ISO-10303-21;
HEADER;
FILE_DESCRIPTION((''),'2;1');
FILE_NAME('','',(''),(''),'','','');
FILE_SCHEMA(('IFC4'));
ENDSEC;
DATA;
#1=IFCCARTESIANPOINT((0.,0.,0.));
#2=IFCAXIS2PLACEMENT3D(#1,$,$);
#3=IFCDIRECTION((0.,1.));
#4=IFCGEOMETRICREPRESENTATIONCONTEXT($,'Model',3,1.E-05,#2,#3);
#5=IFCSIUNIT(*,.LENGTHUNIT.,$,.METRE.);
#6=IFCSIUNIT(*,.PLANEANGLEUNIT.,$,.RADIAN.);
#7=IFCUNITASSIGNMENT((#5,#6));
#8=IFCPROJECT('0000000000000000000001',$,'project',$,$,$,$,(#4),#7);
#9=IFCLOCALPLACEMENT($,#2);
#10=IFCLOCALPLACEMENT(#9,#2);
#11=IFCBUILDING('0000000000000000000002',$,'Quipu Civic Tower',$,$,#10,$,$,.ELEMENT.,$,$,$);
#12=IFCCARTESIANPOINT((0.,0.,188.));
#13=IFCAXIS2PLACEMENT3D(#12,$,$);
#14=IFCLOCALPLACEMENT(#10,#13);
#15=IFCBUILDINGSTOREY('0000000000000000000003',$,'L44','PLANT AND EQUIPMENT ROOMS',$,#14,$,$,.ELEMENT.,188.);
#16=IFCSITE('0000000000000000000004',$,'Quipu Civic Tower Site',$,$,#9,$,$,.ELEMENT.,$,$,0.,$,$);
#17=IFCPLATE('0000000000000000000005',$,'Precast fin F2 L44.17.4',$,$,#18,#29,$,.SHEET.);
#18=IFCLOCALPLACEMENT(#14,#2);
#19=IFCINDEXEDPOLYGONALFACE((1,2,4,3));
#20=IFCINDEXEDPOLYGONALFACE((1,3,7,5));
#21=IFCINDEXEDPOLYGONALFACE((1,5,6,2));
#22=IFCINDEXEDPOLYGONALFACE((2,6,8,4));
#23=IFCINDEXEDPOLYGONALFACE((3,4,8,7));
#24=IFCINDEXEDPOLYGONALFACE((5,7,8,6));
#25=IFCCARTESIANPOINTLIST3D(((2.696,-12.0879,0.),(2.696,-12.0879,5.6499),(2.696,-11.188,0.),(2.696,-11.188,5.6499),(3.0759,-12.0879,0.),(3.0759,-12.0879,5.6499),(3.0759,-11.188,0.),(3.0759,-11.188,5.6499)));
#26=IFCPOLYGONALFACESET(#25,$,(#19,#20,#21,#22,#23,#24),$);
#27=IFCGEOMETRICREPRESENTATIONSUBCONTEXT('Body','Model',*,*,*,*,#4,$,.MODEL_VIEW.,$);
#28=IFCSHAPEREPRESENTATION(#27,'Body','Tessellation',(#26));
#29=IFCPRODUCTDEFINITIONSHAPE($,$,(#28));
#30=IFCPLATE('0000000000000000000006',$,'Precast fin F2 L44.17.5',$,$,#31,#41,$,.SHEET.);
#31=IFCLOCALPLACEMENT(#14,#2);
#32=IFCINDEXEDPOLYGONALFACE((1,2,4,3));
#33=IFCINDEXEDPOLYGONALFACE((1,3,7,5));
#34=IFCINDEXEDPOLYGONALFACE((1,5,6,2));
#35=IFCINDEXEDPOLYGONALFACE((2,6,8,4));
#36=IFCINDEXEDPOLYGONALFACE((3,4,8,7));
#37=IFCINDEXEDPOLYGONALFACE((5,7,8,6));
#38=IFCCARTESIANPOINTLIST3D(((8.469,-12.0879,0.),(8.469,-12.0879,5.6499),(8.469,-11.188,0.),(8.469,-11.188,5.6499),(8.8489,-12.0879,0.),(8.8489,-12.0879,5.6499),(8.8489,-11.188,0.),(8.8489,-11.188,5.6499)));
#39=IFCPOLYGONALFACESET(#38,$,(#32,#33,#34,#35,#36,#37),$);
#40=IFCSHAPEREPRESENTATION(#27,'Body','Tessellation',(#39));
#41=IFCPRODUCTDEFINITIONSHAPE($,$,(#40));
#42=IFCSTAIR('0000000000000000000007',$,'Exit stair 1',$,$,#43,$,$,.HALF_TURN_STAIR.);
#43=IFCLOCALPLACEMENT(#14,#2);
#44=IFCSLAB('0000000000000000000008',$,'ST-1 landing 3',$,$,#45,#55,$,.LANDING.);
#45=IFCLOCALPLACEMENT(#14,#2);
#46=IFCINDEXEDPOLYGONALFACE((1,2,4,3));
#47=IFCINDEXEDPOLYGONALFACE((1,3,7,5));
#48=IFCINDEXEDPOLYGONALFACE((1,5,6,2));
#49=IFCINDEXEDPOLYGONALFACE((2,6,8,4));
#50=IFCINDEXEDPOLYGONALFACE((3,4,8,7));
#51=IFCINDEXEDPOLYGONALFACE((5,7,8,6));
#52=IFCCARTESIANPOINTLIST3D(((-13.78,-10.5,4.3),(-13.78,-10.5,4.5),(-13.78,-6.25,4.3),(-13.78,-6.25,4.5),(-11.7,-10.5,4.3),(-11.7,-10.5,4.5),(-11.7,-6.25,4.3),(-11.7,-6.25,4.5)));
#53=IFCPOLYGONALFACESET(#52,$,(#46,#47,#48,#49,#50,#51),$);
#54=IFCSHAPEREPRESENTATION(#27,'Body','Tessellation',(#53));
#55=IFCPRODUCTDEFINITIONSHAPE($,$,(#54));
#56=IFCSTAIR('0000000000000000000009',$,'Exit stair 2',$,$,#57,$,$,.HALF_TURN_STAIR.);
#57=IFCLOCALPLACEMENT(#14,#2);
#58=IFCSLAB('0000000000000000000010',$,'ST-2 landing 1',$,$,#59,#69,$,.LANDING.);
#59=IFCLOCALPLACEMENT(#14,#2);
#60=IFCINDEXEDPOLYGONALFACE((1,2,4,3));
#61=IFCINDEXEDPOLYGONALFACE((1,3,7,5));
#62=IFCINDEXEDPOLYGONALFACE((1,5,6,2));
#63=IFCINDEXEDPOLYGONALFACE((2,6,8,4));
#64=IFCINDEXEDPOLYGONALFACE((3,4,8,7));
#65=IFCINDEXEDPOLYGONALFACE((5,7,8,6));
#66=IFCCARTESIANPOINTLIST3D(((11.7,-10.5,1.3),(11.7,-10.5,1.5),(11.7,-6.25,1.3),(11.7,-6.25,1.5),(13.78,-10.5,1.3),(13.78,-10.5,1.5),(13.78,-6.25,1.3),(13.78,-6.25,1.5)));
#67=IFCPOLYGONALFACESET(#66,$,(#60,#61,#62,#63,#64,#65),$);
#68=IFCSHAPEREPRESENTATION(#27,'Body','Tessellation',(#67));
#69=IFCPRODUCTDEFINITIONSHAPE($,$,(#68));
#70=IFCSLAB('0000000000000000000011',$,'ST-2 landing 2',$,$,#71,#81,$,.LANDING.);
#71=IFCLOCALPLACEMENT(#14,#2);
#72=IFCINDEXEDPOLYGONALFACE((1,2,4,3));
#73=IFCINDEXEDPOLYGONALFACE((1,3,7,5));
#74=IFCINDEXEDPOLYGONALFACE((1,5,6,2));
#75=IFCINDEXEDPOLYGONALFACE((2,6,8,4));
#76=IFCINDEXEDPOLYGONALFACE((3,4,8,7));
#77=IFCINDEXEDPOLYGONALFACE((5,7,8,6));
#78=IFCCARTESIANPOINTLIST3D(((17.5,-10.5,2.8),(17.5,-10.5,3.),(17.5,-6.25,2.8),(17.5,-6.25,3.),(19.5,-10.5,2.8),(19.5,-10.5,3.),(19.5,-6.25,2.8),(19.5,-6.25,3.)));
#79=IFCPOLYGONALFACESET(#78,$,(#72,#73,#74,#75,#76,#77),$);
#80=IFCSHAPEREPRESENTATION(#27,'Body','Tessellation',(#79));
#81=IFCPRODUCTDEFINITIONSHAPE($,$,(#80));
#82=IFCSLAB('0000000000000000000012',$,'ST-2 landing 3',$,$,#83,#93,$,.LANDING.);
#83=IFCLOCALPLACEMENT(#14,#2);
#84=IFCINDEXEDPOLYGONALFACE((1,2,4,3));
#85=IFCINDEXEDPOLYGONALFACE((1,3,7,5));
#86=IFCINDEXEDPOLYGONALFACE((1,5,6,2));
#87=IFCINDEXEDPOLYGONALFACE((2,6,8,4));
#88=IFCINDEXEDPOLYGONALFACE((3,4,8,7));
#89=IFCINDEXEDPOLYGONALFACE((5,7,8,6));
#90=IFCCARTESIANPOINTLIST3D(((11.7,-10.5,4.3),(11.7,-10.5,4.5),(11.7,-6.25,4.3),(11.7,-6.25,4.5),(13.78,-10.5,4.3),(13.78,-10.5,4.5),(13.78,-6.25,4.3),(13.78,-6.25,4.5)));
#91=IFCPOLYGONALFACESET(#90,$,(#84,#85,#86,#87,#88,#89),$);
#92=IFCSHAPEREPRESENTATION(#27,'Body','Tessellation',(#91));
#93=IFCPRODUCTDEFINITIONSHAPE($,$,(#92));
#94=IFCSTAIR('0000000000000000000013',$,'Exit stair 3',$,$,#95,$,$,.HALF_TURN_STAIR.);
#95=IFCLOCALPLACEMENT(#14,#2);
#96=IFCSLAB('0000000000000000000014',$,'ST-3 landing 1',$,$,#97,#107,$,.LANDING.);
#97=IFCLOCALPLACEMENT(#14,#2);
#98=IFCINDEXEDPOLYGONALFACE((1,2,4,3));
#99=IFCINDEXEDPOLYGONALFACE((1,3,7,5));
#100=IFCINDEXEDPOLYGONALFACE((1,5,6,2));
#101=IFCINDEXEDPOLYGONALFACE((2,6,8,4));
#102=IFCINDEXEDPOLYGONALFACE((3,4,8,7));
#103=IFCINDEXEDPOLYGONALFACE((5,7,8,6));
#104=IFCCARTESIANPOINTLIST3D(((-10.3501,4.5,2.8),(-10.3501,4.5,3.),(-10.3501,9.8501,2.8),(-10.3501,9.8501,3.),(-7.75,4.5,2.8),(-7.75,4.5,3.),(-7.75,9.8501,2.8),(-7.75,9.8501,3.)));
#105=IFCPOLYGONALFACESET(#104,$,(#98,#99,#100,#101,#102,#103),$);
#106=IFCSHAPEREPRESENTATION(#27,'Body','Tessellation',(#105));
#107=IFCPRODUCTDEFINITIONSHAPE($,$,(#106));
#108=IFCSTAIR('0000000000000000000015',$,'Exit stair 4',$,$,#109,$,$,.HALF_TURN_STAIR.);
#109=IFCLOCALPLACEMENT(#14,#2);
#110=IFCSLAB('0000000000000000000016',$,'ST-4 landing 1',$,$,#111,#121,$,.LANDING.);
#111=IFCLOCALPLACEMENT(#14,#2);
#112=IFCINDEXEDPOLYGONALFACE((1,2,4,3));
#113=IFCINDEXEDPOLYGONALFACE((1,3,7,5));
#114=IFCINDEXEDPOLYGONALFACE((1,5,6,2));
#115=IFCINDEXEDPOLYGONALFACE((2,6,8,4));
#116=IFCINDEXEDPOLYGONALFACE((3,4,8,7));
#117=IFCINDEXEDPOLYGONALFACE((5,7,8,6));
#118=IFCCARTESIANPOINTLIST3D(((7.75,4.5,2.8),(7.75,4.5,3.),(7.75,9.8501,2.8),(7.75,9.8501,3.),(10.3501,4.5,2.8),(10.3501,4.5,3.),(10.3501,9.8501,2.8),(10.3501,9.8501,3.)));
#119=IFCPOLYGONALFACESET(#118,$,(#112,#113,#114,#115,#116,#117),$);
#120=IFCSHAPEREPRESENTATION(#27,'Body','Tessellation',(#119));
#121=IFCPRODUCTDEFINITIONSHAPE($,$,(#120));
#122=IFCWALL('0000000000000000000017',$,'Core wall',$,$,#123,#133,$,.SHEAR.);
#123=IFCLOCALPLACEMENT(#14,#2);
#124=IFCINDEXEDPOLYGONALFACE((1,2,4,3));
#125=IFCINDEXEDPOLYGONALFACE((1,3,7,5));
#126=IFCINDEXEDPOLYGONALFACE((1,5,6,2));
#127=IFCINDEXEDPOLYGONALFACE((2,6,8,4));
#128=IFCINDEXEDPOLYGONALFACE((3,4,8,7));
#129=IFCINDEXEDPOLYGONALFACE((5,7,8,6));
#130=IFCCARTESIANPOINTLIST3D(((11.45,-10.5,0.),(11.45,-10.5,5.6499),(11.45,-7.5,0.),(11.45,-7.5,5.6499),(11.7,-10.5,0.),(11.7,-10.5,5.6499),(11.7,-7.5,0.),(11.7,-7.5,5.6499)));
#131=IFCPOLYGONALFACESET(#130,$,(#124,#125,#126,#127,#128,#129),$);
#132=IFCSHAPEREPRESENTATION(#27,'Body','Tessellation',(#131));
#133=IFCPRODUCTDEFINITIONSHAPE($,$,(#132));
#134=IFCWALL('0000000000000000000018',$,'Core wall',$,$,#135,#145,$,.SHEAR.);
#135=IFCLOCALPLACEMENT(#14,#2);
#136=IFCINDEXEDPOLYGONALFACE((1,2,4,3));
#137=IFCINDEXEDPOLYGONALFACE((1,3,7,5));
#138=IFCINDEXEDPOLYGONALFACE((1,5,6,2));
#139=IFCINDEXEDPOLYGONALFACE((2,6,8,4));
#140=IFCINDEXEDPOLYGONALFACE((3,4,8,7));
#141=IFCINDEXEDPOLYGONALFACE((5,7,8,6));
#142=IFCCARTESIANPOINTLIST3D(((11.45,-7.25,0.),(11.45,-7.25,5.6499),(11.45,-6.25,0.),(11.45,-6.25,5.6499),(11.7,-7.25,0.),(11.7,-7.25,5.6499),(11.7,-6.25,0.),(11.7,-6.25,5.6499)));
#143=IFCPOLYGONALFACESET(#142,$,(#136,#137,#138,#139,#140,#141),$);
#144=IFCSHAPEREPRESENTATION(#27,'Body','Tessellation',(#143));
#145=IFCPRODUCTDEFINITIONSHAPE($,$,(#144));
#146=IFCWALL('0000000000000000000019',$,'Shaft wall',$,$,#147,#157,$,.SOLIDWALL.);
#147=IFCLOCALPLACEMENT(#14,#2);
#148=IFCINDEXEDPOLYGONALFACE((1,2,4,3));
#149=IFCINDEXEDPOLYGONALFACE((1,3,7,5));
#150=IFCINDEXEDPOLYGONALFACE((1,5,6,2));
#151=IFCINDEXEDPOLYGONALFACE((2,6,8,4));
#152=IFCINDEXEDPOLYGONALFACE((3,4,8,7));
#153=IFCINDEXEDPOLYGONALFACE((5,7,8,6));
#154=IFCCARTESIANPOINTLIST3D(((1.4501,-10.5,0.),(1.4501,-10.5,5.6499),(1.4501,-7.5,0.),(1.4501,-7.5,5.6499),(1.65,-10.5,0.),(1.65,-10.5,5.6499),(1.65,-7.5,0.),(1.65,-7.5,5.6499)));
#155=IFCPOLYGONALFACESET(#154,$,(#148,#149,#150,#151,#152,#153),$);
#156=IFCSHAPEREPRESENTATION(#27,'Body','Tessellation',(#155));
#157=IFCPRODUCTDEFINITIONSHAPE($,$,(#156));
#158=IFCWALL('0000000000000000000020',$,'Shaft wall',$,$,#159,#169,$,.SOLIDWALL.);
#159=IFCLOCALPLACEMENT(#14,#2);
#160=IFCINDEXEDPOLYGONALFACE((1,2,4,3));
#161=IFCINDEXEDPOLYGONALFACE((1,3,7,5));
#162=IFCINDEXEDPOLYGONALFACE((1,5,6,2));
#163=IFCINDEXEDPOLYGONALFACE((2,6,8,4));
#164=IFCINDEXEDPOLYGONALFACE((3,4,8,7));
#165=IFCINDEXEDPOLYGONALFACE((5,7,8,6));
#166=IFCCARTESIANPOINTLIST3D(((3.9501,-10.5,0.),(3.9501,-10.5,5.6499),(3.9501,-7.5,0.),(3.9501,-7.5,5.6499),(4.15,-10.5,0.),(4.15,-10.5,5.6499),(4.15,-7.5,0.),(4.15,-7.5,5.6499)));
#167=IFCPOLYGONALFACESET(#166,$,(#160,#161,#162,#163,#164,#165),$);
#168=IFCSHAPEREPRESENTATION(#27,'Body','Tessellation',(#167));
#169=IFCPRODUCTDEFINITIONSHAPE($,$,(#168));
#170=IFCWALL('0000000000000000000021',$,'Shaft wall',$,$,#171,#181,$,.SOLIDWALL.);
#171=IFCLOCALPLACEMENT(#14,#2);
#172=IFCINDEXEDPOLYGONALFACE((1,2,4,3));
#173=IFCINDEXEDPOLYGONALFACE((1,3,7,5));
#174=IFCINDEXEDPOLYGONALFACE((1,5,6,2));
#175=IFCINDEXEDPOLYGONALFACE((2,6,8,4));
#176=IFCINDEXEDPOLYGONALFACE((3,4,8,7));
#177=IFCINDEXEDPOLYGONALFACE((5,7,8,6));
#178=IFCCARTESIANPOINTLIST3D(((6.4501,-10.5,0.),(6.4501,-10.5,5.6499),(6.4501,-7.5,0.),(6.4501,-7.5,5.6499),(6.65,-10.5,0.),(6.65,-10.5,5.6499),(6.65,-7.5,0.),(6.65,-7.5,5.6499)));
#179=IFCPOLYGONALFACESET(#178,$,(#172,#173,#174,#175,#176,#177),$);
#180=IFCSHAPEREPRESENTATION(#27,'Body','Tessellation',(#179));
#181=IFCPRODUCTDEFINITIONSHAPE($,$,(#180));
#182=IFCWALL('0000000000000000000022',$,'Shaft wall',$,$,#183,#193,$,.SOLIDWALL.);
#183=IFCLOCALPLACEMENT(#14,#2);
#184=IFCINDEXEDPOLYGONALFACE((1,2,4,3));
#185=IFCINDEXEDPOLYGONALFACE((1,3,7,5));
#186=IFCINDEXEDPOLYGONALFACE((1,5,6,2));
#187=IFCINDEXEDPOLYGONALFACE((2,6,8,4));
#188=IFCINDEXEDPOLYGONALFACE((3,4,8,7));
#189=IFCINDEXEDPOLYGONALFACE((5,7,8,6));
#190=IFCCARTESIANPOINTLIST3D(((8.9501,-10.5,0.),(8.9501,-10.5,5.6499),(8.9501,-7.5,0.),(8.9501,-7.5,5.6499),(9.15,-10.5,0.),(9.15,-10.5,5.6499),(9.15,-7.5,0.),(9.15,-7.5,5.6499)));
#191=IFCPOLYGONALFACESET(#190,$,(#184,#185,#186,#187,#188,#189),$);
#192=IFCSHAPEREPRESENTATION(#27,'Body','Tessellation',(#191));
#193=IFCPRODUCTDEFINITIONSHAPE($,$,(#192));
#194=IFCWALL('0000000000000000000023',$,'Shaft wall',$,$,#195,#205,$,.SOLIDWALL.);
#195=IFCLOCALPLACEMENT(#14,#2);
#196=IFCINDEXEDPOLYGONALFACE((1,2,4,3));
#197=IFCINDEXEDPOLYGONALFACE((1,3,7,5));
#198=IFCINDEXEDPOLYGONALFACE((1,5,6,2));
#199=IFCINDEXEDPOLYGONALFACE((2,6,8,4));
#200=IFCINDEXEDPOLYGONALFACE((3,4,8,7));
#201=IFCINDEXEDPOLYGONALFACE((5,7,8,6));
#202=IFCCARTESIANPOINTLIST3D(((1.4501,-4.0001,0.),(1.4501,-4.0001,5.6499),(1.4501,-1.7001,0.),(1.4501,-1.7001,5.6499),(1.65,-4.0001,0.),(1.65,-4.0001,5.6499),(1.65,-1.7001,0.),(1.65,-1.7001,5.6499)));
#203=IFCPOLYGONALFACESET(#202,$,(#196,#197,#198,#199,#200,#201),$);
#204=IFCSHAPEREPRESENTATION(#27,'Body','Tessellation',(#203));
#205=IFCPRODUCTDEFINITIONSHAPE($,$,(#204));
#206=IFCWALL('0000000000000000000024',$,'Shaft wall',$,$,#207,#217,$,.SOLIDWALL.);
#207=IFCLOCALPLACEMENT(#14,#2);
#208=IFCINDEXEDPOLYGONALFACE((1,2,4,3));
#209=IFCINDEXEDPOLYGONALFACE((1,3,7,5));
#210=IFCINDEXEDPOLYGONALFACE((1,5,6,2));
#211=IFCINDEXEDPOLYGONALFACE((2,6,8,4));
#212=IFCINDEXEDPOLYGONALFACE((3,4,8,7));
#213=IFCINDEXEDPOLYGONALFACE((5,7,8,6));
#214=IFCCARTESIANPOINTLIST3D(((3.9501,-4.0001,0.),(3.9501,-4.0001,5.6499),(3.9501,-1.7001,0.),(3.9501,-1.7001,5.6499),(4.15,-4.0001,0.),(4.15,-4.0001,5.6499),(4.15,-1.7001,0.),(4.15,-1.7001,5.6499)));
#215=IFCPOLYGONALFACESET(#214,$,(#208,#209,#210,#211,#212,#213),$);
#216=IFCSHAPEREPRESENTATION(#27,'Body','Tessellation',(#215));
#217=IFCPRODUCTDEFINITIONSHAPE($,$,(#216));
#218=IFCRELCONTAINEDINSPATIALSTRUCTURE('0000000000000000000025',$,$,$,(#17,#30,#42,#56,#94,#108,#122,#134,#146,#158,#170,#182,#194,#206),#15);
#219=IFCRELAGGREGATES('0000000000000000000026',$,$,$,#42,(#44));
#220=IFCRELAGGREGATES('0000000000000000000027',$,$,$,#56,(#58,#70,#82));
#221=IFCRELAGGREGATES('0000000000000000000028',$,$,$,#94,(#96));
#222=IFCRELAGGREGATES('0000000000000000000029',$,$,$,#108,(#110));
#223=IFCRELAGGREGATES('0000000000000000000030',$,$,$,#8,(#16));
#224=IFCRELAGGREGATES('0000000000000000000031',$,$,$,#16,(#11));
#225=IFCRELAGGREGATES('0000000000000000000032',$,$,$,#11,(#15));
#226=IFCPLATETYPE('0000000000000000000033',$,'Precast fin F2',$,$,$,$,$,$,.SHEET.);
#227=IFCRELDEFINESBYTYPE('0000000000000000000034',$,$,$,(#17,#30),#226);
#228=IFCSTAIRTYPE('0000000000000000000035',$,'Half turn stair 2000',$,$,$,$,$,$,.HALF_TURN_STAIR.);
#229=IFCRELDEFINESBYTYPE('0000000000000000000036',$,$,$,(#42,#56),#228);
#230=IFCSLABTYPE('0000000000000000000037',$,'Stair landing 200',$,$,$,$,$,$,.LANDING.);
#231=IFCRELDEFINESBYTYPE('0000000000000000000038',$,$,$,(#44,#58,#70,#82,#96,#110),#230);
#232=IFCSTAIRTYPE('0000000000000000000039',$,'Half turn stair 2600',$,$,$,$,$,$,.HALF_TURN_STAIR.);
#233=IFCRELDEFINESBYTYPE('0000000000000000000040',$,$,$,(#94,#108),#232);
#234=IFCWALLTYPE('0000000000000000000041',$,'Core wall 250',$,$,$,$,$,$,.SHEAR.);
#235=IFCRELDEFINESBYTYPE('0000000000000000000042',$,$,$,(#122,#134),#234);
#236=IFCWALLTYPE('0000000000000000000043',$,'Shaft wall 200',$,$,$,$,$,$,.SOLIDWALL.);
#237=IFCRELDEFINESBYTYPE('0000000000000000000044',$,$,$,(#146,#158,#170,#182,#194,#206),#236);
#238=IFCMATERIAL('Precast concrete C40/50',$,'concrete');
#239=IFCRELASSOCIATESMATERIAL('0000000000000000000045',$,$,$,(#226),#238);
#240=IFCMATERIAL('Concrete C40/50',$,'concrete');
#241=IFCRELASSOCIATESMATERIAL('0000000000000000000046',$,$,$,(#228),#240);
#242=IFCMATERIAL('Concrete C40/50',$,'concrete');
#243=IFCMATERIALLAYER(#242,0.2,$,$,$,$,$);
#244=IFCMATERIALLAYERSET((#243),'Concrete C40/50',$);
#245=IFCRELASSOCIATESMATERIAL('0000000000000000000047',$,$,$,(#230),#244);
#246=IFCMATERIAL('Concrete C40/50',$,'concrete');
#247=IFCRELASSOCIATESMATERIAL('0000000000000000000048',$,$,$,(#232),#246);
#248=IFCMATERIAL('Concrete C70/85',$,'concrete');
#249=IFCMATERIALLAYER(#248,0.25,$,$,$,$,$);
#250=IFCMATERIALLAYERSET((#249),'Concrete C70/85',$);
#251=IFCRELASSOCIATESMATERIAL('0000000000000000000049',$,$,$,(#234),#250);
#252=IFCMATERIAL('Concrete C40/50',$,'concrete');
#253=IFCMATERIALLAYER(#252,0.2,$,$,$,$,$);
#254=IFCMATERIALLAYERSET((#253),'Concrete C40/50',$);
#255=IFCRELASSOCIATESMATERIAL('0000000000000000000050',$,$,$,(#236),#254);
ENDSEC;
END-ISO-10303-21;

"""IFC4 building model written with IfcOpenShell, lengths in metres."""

from ifc_helpers import new_model, si_unit, direction, frame, frame_2d, origin, origin_2d, place, context, subcontext, project, spatial, polyline, rectangle, outline, extrude, material, layer, layer_set, type_object, element, aggregate, save


model = new_model("IFC4")

# Units and contexts
model_context = context("Model", 3, precision=1e-05, world=origin(), true_north=direction((0.0, 1.0)))
body_context = subcontext(model_context, "Body", "Model", "MODEL_VIEW")
ifc_project = project(units=[si_unit("LENGTHUNIT", "METRE"), si_unit("PLANEANGLEUNIT", "RADIAN")], contexts=[model_context])

# Site, building, storey
site_placement = place(None, origin())
site = spatial("IfcSite", under=ifc_project, at=site_placement, Name="Quipu Civic Tower Site", CompositionType="ELEMENT", RefElevation=0.0)
building_placement = place(site_placement, origin())
building = spatial("IfcBuilding", under=site, at=building_placement, Name="Quipu Civic Tower", CompositionType="ELEMENT")
storey_placement = place(building_placement, frame((0.0, 0.0, 188.0)))
storey = spatial("IfcBuildingStorey", under=building, at=storey_placement, Name="L44", Description="PLANT AND EQUIPMENT ROOMS", CompositionType="ELEMENT", Elevation=188.0)

# Plates
ifc_material_1 = material(Name="Precast concrete C40/50", Category="concrete")
plate_type = type_object("IfcPlateType", Name="Precast fin F2", PredefinedType="SHEET", material=ifc_material_1)
for number, where, z_axis, x_axis, name in (
    (1, (2.886, -11.6379, 0.0), (0.0, 0.0, 1.0), (1.0, 0.0, 0.0), "Precast fin F2 L44.17.4"),
    (2, (8.6589, -11.6379, 0.0), (0.0, 0.0, 1.0), (1.0, 0.0, 0.0), "Precast fin F2 L44.17.5"),
):
    element("IfcPlate", number, at=place(storey_placement, frame(where, z_axis=z_axis, x_axis=x_axis)), inside=storey, type_object=plate_type, Name=name, PredefinedType="SHEET", context=body_context, shape_type="SweptSolid", body=[
        extrude(rectangle(XDim=0.3799, YDim=0.8999, at=origin_2d()), origin(), (0.0, 0.0, 1.0), 5.6499),
    ])

# Stair, slab
ifc_material_2 = material(Name="Concrete C40/50", Category="concrete")
stair_type_1 = type_object("IfcStairType", Name="Half turn stair 2000", PredefinedType="HALF_TURN_STAIR", material=ifc_material_2)
stair_1_placement = place(storey_placement, origin())
stair_1 = element("IfcStair", 3, at=stair_1_placement, inside=storey, type_object=stair_type_1, Name="Exit stair 1", PredefinedType="HALF_TURN_STAIR")
ifc_material_3 = material(Name="Concrete C40/50", Category="concrete")
ifc_layer_1 = layer(ifc_material_3, 0.2)
ifc_layer_set_1 = layer_set([ifc_layer_1], Name="Concrete C40/50")
slab_type = type_object("IfcSlabType", Name="Stair landing 200", PredefinedType="LANDING", material=ifc_layer_set_1)
slab_1_placement = place(storey_placement, frame((0.0, 0.0, 4.3)))
slab_1 = element("IfcSlab", 4, at=slab_1_placement, type_object=slab_type, Name="ST-1 landing 3", PredefinedType="LANDING", context=body_context, shape_type="SweptSolid", body=[
    extrude(outline(polyline([(-13.78, -10.5), (-11.7, -10.5), (-11.7, -6.25), (-13.78, -6.25), (-13.78, -10.5)])), origin(), (0.0, 0.0, 1.0), 0.2),
])
aggregate(stair_1, [slab_1])

# Stair, slabs
stair_2_placement = place(storey_placement, origin())
stair_2 = element("IfcStair", 5, at=stair_2_placement, inside=storey, type_object=stair_type_1, Name="Exit stair 2", PredefinedType="HALF_TURN_STAIR")
slab_2_placement = place(storey_placement, frame((0.0, 0.0, 1.3)))
slab_2 = element("IfcSlab", 6, at=slab_2_placement, type_object=slab_type, Name="ST-2 landing 1", PredefinedType="LANDING", context=body_context, shape_type="SweptSolid", body=[
    extrude(outline(polyline([(13.78, -6.25), (11.7, -6.25), (11.7, -10.5), (13.78, -10.5), (13.78, -6.25)])), origin(), (0.0, 0.0, 1.0), 0.2),
])
slab_3_placement = place(storey_placement, frame((0.0, 0.0, 2.8)))
slab_3 = element("IfcSlab", 7, at=slab_3_placement, type_object=slab_type, Name="ST-2 landing 2", PredefinedType="LANDING", context=body_context, shape_type="SweptSolid", body=[
    extrude(outline(polyline([(19.5, -6.25), (17.5, -6.25), (17.5, -10.5), (19.5, -10.5), (19.5, -6.25)])), origin(), (0.0, 0.0, 1.0), 0.2),
])
slab_4_placement = place(storey_placement, frame((0.0, 0.0, 4.3)))
slab_4 = element("IfcSlab", 8, at=slab_4_placement, type_object=slab_type, Name="ST-2 landing 3", PredefinedType="LANDING", context=body_context, shape_type="SweptSolid", body=[
    extrude(outline(polyline([(13.78, -6.25), (11.7, -6.25), (11.7, -10.5), (13.78, -10.5), (13.78, -6.25)])), origin(), (0.0, 0.0, 1.0), 0.2),
])
aggregate(stair_2, [slab_2, slab_3, slab_4])

# Stairs, slabs
ifc_material_4 = material(Name="Concrete C40/50", Category="concrete")
stair_type_2 = type_object("IfcStairType", Name="Half turn stair 2600", PredefinedType="HALF_TURN_STAIR", material=ifc_material_4)
stair_3_placement = place(storey_placement, origin())
stair_3 = element("IfcStair", 9, at=stair_3_placement, inside=storey, type_object=stair_type_2, Name="Exit stair 3", PredefinedType="HALF_TURN_STAIR")
slab_5_placement = place(storey_placement, frame((0.0, 0.0, 2.8)))
slab_5 = element("IfcSlab", 10, at=slab_5_placement, type_object=slab_type, Name="ST-3 landing 1", PredefinedType="LANDING", context=body_context, shape_type="SweptSolid", body=[
    extrude(outline(polyline([(-10.3501, 4.5), (-7.75, 4.5), (-7.75, 9.8501), (-10.3501, 9.8501), (-10.3501, 4.5)])), origin(), (0.0, 0.0, 1.0), 0.2),
])
aggregate(stair_3, [slab_5])
stair_4_placement = place(storey_placement, origin())
stair_4 = element("IfcStair", 11, at=stair_4_placement, inside=storey, type_object=stair_type_2, Name="Exit stair 4", PredefinedType="HALF_TURN_STAIR")
slab_6_placement = place(storey_placement, frame((0.0, 0.0, 2.8)))
slab_6 = element("IfcSlab", 12, at=slab_6_placement, type_object=slab_type, Name="ST-4 landing 1", PredefinedType="LANDING", context=body_context, shape_type="SweptSolid", body=[
    extrude(outline(polyline([(10.3501, 9.8501), (7.75, 9.8501), (7.75, 4.5), (10.3501, 4.5), (10.3501, 9.8501)])), origin(), (0.0, 0.0, 1.0), 0.2),
])
aggregate(stair_4, [slab_6])

# Walls
ifc_material_5 = material(Name="Concrete C70/85", Category="concrete")
ifc_layer_2 = layer(ifc_material_5, 0.25)
ifc_layer_set_2 = layer_set([ifc_layer_2], Name="Concrete C70/85")
wall_type_1 = type_object("IfcWallType", Name="Core wall 250", PredefinedType="SHEAR", material=ifc_layer_set_2)
wall_1_placement = place(storey_placement, frame((11.575, -10.5, 0.0), z_axis=(0.0, 0.0, 1.0), x_axis=(0.0, 1.0, 0.0)))
element("IfcWall", 13, at=wall_1_placement, inside=storey, type_object=wall_type_1, Name="Core wall", PredefinedType="SHEAR", context=body_context, shape_type="SweptSolid", body=[
    extrude(rectangle(XDim=3.0, YDim=0.25, at=frame_2d((1.5, 0.0))), origin(), (0.0, 0.0, 1.0), 5.6499),
])
wall_2_placement = place(storey_placement, frame((11.575, -7.25, 0.0), z_axis=(0.0, 0.0, 1.0), x_axis=(0.0, 1.0, 0.0)))
element("IfcWall", 14, at=wall_2_placement, inside=storey, type_object=wall_type_1, Name="Core wall", PredefinedType="SHEAR", context=body_context, shape_type="SweptSolid", body=[
    extrude(rectangle(XDim=1.0, YDim=0.25, at=frame_2d((0.5, 0.0))), origin(), (0.0, 0.0, 1.0), 5.6499),
])
ifc_material_6 = material(Name="Concrete C40/50", Category="concrete")
ifc_layer_3 = layer(ifc_material_6, 0.2)
ifc_layer_set_3 = layer_set([ifc_layer_3], Name="Concrete C40/50")
wall_type_2 = type_object("IfcWallType", Name="Shaft wall 200", PredefinedType="SOLIDWALL", material=ifc_layer_set_3)
for number, where, z_axis, x_axis, name in (
    (15, (1.55, -10.5, 0.0), (0.0, 0.0, 1.0), (0.0, 1.0, 0.0), "Shaft wall"),
    (16, (4.05, -10.5, 0.0), (0.0, 0.0, 1.0), (0.0, 1.0, 0.0), "Shaft wall"),
    (17, (6.55, -10.5, 0.0), (0.0, 0.0, 1.0), (0.0, 1.0, 0.0), "Shaft wall"),
    (18, (9.05, -10.5, 0.0), (0.0, 0.0, 1.0), (0.0, 1.0, 0.0), "Shaft wall"),
):
    element("IfcWall", number, at=place(storey_placement, frame(where, z_axis=z_axis, x_axis=x_axis)), inside=storey, type_object=wall_type_2, Name=name, PredefinedType="SOLIDWALL", context=body_context, shape_type="SweptSolid", body=[
        extrude(rectangle(XDim=3.0, YDim=0.2, at=frame_2d((1.5, 0.0))), origin(), (0.0, 0.0, 1.0), 5.6499),
    ])
for number, where, z_axis, x_axis, name in (
    (19, (1.55, -4.0, 0.0), (0.0, 0.0, 1.0), (0.0, 1.0, 0.0), "Shaft wall"),
    (20, (4.05, -4.0, 0.0), (0.0, 0.0, 1.0), (0.0, 1.0, 0.0), "Shaft wall"),
):
    element("IfcWall", number, at=place(storey_placement, frame(where, z_axis=z_axis, x_axis=x_axis)), inside=storey, type_object=wall_type_2, Name=name, PredefinedType="SOLIDWALL", context=body_context, shape_type="SweptSolid", body=[
        extrude(rectangle(XDim=2.3, YDim=0.2, at=frame_2d((1.1499, 0.0))), origin(), (0.0, 0.0, 1.0), 5.6499),
    ])

save(model, "model.ifc")
